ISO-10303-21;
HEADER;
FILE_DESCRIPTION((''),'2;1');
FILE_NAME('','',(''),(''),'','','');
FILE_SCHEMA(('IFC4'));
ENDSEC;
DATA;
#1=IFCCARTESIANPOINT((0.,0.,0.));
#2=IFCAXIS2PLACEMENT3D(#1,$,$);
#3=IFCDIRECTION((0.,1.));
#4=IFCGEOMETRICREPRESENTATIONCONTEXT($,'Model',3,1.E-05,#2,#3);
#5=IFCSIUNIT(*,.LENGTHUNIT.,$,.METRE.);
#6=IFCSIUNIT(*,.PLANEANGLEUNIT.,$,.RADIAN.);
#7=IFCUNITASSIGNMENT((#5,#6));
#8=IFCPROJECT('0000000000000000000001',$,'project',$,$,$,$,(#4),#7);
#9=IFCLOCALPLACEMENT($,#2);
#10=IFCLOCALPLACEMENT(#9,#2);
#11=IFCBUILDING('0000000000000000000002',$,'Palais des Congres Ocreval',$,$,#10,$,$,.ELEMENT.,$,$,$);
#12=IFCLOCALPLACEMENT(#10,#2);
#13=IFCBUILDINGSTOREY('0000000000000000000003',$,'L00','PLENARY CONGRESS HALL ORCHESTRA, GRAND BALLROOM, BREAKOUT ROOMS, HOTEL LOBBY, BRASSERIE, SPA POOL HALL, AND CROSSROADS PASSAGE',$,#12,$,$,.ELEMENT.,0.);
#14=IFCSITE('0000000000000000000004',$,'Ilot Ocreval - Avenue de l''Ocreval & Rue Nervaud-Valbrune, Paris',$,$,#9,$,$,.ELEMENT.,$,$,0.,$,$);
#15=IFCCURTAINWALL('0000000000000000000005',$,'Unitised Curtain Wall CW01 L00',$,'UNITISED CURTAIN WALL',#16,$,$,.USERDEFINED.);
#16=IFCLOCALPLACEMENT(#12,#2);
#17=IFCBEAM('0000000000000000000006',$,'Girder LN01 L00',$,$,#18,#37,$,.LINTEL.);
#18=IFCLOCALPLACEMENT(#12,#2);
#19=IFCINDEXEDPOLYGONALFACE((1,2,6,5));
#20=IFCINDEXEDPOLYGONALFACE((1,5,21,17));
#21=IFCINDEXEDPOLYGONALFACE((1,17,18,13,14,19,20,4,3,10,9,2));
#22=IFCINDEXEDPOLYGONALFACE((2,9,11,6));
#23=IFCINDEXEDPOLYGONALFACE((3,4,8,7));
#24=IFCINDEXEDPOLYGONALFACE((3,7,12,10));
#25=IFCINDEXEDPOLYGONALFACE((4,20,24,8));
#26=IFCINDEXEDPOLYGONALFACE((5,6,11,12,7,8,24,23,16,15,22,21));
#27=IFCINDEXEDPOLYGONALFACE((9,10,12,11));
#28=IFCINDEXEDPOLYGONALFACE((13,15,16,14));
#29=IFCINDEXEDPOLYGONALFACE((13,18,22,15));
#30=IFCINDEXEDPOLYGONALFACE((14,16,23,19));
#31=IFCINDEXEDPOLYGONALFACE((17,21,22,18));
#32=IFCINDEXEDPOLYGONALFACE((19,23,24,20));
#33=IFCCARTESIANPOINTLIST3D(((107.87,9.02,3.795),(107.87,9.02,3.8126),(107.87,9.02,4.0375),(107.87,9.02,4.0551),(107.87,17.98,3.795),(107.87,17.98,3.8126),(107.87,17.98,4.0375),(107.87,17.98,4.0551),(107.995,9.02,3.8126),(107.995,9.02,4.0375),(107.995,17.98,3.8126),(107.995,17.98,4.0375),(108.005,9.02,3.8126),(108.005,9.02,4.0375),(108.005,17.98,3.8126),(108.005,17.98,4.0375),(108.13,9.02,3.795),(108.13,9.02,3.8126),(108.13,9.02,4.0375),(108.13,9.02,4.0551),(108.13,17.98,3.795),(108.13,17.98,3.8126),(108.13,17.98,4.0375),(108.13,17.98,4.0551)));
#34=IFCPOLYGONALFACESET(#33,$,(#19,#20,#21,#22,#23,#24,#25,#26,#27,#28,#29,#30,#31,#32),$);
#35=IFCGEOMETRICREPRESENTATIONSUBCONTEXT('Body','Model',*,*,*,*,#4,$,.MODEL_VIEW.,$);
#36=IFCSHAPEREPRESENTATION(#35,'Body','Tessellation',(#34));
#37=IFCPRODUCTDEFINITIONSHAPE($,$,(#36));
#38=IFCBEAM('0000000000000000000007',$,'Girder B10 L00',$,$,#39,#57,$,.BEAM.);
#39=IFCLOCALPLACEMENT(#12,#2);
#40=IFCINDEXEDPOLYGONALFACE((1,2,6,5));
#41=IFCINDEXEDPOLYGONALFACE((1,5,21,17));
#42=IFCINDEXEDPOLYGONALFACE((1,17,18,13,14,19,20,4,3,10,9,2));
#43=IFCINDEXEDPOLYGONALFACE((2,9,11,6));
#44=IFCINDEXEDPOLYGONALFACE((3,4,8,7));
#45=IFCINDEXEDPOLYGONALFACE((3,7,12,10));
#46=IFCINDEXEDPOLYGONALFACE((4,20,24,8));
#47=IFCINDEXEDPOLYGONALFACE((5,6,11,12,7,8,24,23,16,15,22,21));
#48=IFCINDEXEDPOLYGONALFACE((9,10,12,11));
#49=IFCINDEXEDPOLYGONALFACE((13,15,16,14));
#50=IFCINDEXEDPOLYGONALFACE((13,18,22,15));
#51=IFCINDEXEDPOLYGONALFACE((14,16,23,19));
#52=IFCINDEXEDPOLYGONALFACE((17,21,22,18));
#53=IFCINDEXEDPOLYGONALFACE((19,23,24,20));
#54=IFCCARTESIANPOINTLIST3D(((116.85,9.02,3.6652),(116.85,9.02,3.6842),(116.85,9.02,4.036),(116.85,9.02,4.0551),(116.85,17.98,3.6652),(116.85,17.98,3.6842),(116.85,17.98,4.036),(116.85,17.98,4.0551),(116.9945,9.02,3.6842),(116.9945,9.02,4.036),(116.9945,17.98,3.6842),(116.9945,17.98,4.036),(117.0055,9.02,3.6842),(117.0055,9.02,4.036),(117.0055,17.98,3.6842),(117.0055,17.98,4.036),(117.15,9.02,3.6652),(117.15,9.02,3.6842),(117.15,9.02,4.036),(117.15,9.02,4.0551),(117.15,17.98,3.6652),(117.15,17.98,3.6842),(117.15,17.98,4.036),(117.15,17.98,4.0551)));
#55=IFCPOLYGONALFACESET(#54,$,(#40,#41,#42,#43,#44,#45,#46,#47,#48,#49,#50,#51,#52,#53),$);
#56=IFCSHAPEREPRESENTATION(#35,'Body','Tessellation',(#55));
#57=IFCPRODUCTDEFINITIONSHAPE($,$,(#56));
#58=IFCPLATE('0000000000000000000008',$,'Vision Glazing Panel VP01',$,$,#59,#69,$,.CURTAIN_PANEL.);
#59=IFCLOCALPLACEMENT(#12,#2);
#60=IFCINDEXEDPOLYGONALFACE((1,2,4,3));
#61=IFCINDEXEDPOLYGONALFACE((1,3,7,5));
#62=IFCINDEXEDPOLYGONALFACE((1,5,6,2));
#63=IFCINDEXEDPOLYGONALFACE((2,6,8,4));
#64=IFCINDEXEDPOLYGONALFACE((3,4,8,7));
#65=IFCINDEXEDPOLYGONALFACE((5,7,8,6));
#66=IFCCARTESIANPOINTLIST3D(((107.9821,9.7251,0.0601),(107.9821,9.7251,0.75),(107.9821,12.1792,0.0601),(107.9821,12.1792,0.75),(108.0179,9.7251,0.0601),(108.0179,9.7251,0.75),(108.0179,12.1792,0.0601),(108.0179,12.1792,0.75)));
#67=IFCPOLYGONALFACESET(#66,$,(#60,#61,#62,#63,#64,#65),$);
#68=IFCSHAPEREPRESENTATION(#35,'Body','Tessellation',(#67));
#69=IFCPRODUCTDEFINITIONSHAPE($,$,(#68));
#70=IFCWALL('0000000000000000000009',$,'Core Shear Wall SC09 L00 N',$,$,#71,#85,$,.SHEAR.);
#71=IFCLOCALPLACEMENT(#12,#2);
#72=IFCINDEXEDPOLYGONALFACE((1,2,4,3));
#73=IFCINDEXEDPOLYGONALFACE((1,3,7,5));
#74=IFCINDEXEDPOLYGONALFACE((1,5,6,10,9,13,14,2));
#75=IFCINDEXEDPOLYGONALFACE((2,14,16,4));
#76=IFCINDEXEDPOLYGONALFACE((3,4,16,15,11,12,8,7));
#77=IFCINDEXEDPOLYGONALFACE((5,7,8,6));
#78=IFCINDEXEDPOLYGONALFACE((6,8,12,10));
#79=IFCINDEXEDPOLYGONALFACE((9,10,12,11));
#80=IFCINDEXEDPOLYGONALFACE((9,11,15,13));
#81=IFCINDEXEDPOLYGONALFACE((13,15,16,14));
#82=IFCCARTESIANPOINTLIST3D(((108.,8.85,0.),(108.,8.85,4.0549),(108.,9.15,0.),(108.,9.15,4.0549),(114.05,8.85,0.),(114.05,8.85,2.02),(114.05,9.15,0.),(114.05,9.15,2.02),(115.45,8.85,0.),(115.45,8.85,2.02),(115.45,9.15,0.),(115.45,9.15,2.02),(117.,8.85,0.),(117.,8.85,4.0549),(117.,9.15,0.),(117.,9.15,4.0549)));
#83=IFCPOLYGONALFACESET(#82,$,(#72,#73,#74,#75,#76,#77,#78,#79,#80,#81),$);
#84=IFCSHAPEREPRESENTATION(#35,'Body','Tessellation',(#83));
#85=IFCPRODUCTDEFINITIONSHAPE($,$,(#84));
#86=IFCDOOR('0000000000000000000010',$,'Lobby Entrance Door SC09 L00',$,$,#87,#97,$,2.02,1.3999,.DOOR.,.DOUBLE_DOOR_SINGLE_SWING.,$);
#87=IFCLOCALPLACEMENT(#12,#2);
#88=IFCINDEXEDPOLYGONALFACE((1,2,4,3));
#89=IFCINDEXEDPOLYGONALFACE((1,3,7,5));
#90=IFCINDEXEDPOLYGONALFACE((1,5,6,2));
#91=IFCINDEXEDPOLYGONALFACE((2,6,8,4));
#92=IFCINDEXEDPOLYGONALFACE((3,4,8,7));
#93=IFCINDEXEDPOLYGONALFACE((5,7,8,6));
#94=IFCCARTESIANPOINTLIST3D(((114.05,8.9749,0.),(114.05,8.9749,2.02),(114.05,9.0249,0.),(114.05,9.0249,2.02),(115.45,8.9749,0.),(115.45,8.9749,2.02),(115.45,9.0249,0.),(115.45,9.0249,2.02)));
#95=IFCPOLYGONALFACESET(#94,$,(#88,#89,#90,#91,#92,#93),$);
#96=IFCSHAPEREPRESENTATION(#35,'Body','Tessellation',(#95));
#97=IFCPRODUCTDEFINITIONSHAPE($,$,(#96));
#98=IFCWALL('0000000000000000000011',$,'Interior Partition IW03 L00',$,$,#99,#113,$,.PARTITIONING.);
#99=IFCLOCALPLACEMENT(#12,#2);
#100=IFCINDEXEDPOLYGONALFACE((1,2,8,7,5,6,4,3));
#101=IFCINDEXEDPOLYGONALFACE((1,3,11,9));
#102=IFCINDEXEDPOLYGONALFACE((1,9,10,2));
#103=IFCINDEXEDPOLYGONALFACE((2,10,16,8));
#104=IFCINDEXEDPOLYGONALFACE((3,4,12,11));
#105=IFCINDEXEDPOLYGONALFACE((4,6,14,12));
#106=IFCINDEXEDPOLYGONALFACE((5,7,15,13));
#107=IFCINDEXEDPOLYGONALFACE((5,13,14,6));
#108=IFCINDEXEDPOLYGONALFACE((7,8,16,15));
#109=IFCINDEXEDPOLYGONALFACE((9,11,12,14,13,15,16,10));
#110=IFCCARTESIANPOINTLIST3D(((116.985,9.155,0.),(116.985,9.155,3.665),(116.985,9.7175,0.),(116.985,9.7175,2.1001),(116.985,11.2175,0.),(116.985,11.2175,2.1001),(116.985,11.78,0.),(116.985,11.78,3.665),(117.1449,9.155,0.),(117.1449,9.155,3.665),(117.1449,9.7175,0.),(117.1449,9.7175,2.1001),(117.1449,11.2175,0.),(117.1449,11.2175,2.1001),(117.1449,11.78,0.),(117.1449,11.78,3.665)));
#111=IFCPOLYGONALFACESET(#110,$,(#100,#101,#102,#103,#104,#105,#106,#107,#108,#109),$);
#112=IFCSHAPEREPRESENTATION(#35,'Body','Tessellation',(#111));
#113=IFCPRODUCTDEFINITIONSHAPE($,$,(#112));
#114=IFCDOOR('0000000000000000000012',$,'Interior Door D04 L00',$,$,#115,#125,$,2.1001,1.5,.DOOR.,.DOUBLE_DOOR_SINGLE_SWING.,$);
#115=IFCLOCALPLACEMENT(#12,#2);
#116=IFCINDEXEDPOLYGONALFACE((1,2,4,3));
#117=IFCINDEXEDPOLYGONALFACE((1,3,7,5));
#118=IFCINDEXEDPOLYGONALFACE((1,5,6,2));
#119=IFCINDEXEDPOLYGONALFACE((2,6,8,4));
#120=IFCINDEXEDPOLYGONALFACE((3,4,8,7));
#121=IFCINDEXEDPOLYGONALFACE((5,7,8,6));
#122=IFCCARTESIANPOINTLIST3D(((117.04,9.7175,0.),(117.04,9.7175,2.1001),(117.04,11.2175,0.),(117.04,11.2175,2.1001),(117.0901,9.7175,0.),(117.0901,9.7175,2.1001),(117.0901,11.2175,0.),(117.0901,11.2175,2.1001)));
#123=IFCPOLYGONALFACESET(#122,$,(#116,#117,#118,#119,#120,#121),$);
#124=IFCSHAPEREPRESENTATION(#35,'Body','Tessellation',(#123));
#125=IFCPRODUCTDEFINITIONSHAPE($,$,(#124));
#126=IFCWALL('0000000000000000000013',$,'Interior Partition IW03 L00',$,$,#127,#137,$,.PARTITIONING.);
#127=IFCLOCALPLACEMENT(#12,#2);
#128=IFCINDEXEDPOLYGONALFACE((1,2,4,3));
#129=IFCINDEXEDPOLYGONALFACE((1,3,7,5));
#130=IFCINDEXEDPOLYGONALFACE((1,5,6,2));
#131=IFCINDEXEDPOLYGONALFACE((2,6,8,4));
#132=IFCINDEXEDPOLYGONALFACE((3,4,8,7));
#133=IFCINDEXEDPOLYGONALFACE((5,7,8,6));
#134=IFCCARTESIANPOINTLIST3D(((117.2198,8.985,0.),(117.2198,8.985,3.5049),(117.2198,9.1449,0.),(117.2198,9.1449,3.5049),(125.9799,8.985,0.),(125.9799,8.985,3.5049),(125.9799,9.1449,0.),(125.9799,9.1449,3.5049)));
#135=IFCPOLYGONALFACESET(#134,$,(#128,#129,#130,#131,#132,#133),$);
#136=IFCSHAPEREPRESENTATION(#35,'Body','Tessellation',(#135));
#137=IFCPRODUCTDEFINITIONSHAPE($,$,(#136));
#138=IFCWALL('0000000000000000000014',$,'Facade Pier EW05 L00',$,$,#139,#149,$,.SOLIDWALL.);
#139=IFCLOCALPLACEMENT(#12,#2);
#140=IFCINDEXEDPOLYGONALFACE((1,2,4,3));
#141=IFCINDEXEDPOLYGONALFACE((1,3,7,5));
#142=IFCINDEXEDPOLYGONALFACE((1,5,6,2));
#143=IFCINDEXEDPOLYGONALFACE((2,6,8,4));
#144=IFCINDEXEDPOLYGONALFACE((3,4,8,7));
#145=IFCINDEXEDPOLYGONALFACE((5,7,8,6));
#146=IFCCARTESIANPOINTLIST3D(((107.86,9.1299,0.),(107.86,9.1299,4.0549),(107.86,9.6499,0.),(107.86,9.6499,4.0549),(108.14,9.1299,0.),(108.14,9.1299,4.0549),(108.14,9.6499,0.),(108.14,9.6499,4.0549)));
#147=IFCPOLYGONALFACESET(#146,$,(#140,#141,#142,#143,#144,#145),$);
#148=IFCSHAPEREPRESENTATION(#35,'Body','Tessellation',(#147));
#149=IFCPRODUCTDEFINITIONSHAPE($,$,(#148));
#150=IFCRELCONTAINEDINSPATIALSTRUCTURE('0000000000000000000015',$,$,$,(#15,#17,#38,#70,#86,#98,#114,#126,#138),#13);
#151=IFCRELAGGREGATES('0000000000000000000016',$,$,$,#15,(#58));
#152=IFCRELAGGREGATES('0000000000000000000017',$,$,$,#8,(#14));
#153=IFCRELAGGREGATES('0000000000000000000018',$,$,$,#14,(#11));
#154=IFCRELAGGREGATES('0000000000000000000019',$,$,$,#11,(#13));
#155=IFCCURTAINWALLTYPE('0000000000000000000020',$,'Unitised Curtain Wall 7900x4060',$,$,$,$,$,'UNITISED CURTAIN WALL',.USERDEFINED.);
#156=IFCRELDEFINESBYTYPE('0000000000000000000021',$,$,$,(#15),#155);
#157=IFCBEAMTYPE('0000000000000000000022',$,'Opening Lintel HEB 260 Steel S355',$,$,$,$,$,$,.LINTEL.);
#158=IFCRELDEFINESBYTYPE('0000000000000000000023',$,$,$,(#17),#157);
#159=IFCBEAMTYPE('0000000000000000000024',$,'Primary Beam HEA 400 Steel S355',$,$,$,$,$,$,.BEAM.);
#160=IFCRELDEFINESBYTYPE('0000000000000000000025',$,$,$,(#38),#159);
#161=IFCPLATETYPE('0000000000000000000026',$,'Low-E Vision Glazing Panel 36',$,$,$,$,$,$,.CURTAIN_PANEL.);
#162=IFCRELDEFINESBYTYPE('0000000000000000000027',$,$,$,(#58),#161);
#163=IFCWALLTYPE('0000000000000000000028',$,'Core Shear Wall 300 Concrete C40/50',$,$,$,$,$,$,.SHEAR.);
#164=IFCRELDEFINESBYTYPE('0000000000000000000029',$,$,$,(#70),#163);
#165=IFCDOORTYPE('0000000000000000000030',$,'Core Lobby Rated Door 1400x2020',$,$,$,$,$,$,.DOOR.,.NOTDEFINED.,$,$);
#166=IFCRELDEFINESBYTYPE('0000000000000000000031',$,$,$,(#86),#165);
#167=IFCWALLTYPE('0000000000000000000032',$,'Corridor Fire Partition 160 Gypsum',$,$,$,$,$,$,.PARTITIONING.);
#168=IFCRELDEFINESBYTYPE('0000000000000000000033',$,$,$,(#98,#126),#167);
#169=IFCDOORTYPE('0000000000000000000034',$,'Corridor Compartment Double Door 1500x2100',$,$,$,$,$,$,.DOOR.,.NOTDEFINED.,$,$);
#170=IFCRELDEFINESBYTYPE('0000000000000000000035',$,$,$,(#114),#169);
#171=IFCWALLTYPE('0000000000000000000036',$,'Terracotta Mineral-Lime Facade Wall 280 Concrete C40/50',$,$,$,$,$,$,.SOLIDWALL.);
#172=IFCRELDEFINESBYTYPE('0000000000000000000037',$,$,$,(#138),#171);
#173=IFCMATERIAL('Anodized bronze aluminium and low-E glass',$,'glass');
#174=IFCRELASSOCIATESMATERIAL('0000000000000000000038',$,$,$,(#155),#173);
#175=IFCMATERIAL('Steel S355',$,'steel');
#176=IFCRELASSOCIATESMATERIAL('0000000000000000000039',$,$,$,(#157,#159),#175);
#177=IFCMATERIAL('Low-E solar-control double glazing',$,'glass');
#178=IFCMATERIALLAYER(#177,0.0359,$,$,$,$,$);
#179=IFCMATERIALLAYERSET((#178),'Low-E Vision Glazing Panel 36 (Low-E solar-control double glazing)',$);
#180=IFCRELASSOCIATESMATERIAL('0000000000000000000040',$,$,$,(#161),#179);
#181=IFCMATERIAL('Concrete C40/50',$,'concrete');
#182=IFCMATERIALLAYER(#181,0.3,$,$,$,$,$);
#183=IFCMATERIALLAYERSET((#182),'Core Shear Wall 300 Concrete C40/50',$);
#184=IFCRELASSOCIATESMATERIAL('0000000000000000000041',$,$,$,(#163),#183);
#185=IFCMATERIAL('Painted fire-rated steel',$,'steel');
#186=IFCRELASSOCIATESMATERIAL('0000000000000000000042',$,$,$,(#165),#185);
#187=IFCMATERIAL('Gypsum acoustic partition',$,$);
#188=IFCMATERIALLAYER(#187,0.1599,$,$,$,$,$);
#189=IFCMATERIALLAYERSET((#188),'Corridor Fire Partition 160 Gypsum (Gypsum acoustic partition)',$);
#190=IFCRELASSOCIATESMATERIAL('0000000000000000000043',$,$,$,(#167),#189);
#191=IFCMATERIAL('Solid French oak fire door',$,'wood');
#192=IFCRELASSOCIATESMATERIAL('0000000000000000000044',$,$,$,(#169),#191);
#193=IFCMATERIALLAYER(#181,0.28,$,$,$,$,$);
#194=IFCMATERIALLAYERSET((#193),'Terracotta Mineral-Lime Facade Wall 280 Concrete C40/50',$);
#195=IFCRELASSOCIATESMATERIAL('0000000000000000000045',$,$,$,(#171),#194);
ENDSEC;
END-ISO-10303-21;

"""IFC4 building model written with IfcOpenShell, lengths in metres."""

from ifc_helpers import new_model, si_unit, direction, frame, frame_2d, origin, origin_2d, place, context, subcontext, project, spatial, rectangle, i_section, extrude, material, layer, layer_set, material_profile, profile_set, type_object, element, fill, aggregate, save


model = new_model("IFC4")

# Units and contexts
model_context = context("Model", 3, precision=1e-05, world=origin(), true_north=direction((0.0, 1.0)))
body_context = subcontext(model_context, "Body", "Model", "MODEL_VIEW")
ifc_project = project(units=[si_unit("LENGTHUNIT", "METRE"), si_unit("PLANEANGLEUNIT", "RADIAN")], contexts=[model_context])

# Site, building, storey
site_placement = place(None, origin())
site = spatial("IfcSite", under=ifc_project, at=site_placement, Name="Ilot Ocreval - Avenue de l'Ocreval & Rue Nervaud-Valbrune, Paris", CompositionType="ELEMENT", RefElevation=0.0)
building_placement = place(site_placement, origin())
building = spatial("IfcBuilding", under=site, at=building_placement, Name="Palais des Congres Ocreval", CompositionType="ELEMENT")
storey_placement = place(building_placement, origin())
storey = spatial("IfcBuildingStorey", under=building, at=storey_placement, Name="L00", Description="PLENARY CONGRESS HALL ORCHESTRA, GRAND BALLROOM, BREAKOUT ROOMS, HOTEL LOBBY, BRASSERIE, SPA POOL HALL, AND CROSSROADS PASSAGE", CompositionType="ELEMENT", Elevation=0.0)

# Shared definitions
ifc_material_1 = material(Name="Steel S355", Category="steel")

# Curtain wall
ifc_material_2 = material(Name="Anodized bronze aluminium and low-E glass", Category="glass")
curtain_wall_type = type_object("IfcCurtainWallType", Name="Unitised Curtain Wall 7900x4060", ElementType="UNITISED CURTAIN WALL", PredefinedType="USERDEFINED", material=ifc_material_2)
curtain_wall_placement = place(storey_placement, origin())
curtain_wall = element("IfcCurtainWall", 1, at=curtain_wall_placement, inside=storey, type_object=curtain_wall_type, Name="Unitised Curtain Wall CW01 L00", ObjectType="UNITISED CURTAIN WALL", PredefinedType="USERDEFINED")

# Beams
ifc_material_profile_1 = material_profile(ifc_material_1, i_section(OverallWidth=0.26, OverallDepth=0.26, WebThickness=0.01, FlangeThickness=0.0176, at=origin_2d()), Name="HEB 260")
ifc_profile_set_1 = profile_set([ifc_material_profile_1], Name="Steel S355")
beam_type_1 = type_object("IfcBeamType", Name="Opening Lintel HEB 260 Steel S355", PredefinedType="LINTEL", material=ifc_profile_set_1)
beam_1_placement = place(storey_placement, frame((108.0, 9.02, 3.925), z_axis=(0.0, 1.0, 0.0), x_axis=(-1.0, 0.0, 0.0)))
element("IfcBeam", 2, at=beam_1_placement, inside=storey, type_object=beam_type_1, Name="Girder LN01 L00", PredefinedType="LINTEL", context=body_context, shape_type="SweptSolid", body=[
    extrude(i_section(OverallWidth=0.26, OverallDepth=0.26, WebThickness=0.01, FlangeThickness=0.0176, at=origin_2d()), origin(), (0.0, 0.0, 1.0), 8.96),
])
ifc_material_profile_2 = material_profile(ifc_material_1, i_section(OverallWidth=0.3, OverallDepth=0.3899, WebThickness=0.011, FlangeThickness=0.019, at=origin_2d()), Name="HEA 400")
ifc_profile_set_2 = profile_set([ifc_material_profile_2], Name="Steel S355")
beam_type_2 = type_object("IfcBeamType", Name="Primary Beam HEA 400 Steel S355", PredefinedType="BEAM", material=ifc_profile_set_2)
beam_2_placement = place(storey_placement, frame((117.0, 9.02, 3.8601), z_axis=(0.0, 1.0, 0.0), x_axis=(-1.0, 0.0, 0.0)))
element("IfcBeam", 3, at=beam_2_placement, inside=storey, type_object=beam_type_2, Name="Girder B10 L00", PredefinedType="BEAM", context=body_context, shape_type="SweptSolid", body=[
    extrude(i_section(OverallWidth=0.3, OverallDepth=0.3899, WebThickness=0.011, FlangeThickness=0.019, at=origin_2d()), origin(), (0.0, 0.0, 1.0), 8.96),
])

# Plate
ifc_material_3 = material(Name="Low-E solar-control double glazing", Category="glass")
ifc_layer_1 = layer(ifc_material_3, 0.0359)
ifc_layer_set_1 = layer_set([ifc_layer_1], Name="Low-E Vision Glazing Panel 36 (Low-E solar-control double glazing)")
plate_type = type_object("IfcPlateType", Name="Low-E Vision Glazing Panel 36", PredefinedType="CURTAIN_PANEL", material=ifc_layer_set_1)
plate_placement = place(storey_placement, frame((108.0, 10.9521, 0.0601), z_axis=(0.0, 0.0, 1.0), x_axis=(0.0, 1.0, 0.0)))
plate = element("IfcPlate", 4, at=plate_placement, type_object=plate_type, Name="Vision Glazing Panel VP01", PredefinedType="CURTAIN_PANEL", context=body_context, shape_type="SweptSolid", body=[
    extrude(rectangle(XDim=2.4541, YDim=0.0359, at=origin_2d()), origin(), (0.0, 0.0, 1.0), 0.6899),
])
aggregate(curtain_wall, [plate])

# Walls, openings, doors
ifc_material_4 = material(Name="Concrete C40/50", Category="concrete")
ifc_layer_2 = layer(ifc_material_4, 0.3)
ifc_layer_set_2 = layer_set([ifc_layer_2], Name="Core Shear Wall 300 Concrete C40/50")
wall_type_1 = type_object("IfcWallType", Name="Core Shear Wall 300 Concrete C40/50", PredefinedType="SHEAR", material=ifc_layer_set_2)
wall_1_placement = place(storey_placement, frame((108.0, 9.0, 0.0), z_axis=(0.0, 0.0, 1.0), x_axis=(1.0, 0.0, 0.0)))
wall_1 = element("IfcWall", 5, at=wall_1_placement, inside=storey, type_object=wall_type_1, Name="Core Shear Wall SC09 L00 N", PredefinedType="SHEAR", context=body_context, shape_type="SweptSolid", body=[
    extrude(rectangle(XDim=9.0, YDim=0.3, at=frame_2d((4.5, 0.0))), origin(), (0.0, 0.0, 1.0), 4.0549),
])
opening_1_placement = place(wall_1_placement, frame((6.05, 0.0, 0.0)))
opening_1 = element("IfcOpeningElement", 6, at=opening_1_placement, cuts=wall_1, PredefinedType="OPENING", context=body_context, shape_type="SweptSolid", body=[
    extrude(rectangle(XDim=1.3999, YDim=2.02, at=frame_2d((0.7, 1.01))), frame((0.0, 0.1599, 0.0), z_axis=(0.0, -1.0, 0.0), x_axis=(1.0, 0.0, 0.0)), (0.0, 0.0, 1.0), 0.3201),
])
ifc_material_5 = material(Name="Painted fire-rated steel", Category="steel")
door_type_1 = type_object("IfcDoorType", Name="Core Lobby Rated Door 1400x2020", OperationType="NOTDEFINED", PredefinedType="DOOR", material=ifc_material_5)
door_1_placement = place(opening_1_placement, origin())
door_1 = element("IfcDoor", 7, at=door_1_placement, inside=storey, type_object=door_type_1, Name="Lobby Entrance Door SC09 L00", OperationType="DOUBLE_DOOR_SINGLE_SWING", OverallHeight=2.02, OverallWidth=1.3999, PredefinedType="DOOR", context=body_context, shape_type="SweptSolid", body=[
    extrude(rectangle(XDim=1.3999, YDim=2.02, at=frame_2d((0.7, 1.01))), frame((0.0, 0.0249, 0.0), z_axis=(0.0, -1.0, 0.0), x_axis=(1.0, 0.0, 0.0)), (0.0, 0.0, 1.0), 0.05),
])
fill(opening_1, door_1)
ifc_material_6 = material(Name="Gypsum acoustic partition")
ifc_layer_3 = layer(ifc_material_6, 0.1599)
ifc_layer_set_3 = layer_set([ifc_layer_3], Name="Corridor Fire Partition 160 Gypsum (Gypsum acoustic partition)")
wall_type_2 = type_object("IfcWallType", Name="Corridor Fire Partition 160 Gypsum", PredefinedType="PARTITIONING", material=ifc_layer_set_3)
wall_2_placement = place(storey_placement, frame((117.0649, 9.155, 0.0), z_axis=(0.0, 0.0, 1.0), x_axis=(0.0, 1.0, 0.0)))
wall_2 = element("IfcWall", 8, at=wall_2_placement, inside=storey, type_object=wall_type_2, Name="Interior Partition IW03 L00", PredefinedType="PARTITIONING", context=body_context, shape_type="SweptSolid", body=[
    extrude(rectangle(XDim=2.625, YDim=0.1599, at=frame_2d((1.3125, 0.0))), origin(), (0.0, 0.0, 1.0), 3.665),
])
opening_2_placement = place(wall_2_placement, frame((0.5625, 0.0, 0.0)))
opening_2 = element("IfcOpeningElement", 9, at=opening_2_placement, cuts=wall_2, PredefinedType="OPENING", context=body_context, shape_type="SweptSolid", body=[
    extrude(rectangle(XDim=1.5, YDim=2.1001, at=frame_2d((0.75, 1.05))), frame((0.0, 0.0898, 0.0), z_axis=(0.0, -1.0, 0.0), x_axis=(1.0, 0.0, 0.0)), (0.0, 0.0, 1.0), 0.1799),
])
ifc_material_7 = material(Name="Solid French oak fire door", Category="wood")
door_type_2 = type_object("IfcDoorType", Name="Corridor Compartment Double Door 1500x2100", OperationType="NOTDEFINED", PredefinedType="DOOR", material=ifc_material_7)
door_2_placement = place(opening_2_placement, origin())
door_2 = element("IfcDoor", 10, at=door_2_placement, inside=storey, type_object=door_type_2, Name="Interior Door D04 L00", OperationType="DOUBLE_DOOR_SINGLE_SWING", OverallHeight=2.1001, OverallWidth=1.5, PredefinedType="DOOR", context=body_context, shape_type="SweptSolid", body=[
    extrude(rectangle(XDim=1.5, YDim=2.1001, at=frame_2d((0.75, 1.05))), frame((0.0, 0.0249, 0.0), z_axis=(0.0, -1.0, 0.0), x_axis=(1.0, 0.0, 0.0)), (0.0, 0.0, 1.0), 0.05),
])
fill(opening_2, door_2)

# Walls
wall_3_placement = place(storey_placement, frame((117.22, 9.0649, 0.0), z_axis=(0.0, 0.0, 1.0), x_axis=(1.0, 0.0, 0.0)))
element("IfcWall", 11, at=wall_3_placement, inside=storey, type_object=wall_type_2, Name="Interior Partition IW03 L00", PredefinedType="PARTITIONING", context=body_context, shape_type="SweptSolid", body=[
    extrude(rectangle(XDim=8.76, YDim=0.1599, at=frame_2d((4.3799, 0.0))), origin(), (0.0, 0.0, 1.0), 3.5049),
])
ifc_layer_4 = layer(ifc_material_4, 0.28)
ifc_layer_set_4 = layer_set([ifc_layer_4], Name="Terracotta Mineral-Lime Facade Wall 280 Concrete C40/50")
wall_type_3 = type_object("IfcWallType", Name="Terracotta Mineral-Lime Facade Wall 280 Concrete C40/50", PredefinedType="SOLIDWALL", material=ifc_layer_set_4)
wall_4_placement = place(storey_placement, frame((108.0, 9.1299, 0.0), z_axis=(0.0, 0.0, 1.0), x_axis=(0.0, 1.0, 0.0)))
element("IfcWall", 12, at=wall_4_placement, inside=storey, type_object=wall_type_3, Name="Facade Pier EW05 L00", PredefinedType="SOLIDWALL", context=body_context, shape_type="SweptSolid", body=[
    extrude(rectangle(XDim=0.52, YDim=0.28, at=frame_2d((0.26, 0.0))), origin(), (0.0, 0.0, 1.0), 4.0549),
])

save(model, "model.ifc")
